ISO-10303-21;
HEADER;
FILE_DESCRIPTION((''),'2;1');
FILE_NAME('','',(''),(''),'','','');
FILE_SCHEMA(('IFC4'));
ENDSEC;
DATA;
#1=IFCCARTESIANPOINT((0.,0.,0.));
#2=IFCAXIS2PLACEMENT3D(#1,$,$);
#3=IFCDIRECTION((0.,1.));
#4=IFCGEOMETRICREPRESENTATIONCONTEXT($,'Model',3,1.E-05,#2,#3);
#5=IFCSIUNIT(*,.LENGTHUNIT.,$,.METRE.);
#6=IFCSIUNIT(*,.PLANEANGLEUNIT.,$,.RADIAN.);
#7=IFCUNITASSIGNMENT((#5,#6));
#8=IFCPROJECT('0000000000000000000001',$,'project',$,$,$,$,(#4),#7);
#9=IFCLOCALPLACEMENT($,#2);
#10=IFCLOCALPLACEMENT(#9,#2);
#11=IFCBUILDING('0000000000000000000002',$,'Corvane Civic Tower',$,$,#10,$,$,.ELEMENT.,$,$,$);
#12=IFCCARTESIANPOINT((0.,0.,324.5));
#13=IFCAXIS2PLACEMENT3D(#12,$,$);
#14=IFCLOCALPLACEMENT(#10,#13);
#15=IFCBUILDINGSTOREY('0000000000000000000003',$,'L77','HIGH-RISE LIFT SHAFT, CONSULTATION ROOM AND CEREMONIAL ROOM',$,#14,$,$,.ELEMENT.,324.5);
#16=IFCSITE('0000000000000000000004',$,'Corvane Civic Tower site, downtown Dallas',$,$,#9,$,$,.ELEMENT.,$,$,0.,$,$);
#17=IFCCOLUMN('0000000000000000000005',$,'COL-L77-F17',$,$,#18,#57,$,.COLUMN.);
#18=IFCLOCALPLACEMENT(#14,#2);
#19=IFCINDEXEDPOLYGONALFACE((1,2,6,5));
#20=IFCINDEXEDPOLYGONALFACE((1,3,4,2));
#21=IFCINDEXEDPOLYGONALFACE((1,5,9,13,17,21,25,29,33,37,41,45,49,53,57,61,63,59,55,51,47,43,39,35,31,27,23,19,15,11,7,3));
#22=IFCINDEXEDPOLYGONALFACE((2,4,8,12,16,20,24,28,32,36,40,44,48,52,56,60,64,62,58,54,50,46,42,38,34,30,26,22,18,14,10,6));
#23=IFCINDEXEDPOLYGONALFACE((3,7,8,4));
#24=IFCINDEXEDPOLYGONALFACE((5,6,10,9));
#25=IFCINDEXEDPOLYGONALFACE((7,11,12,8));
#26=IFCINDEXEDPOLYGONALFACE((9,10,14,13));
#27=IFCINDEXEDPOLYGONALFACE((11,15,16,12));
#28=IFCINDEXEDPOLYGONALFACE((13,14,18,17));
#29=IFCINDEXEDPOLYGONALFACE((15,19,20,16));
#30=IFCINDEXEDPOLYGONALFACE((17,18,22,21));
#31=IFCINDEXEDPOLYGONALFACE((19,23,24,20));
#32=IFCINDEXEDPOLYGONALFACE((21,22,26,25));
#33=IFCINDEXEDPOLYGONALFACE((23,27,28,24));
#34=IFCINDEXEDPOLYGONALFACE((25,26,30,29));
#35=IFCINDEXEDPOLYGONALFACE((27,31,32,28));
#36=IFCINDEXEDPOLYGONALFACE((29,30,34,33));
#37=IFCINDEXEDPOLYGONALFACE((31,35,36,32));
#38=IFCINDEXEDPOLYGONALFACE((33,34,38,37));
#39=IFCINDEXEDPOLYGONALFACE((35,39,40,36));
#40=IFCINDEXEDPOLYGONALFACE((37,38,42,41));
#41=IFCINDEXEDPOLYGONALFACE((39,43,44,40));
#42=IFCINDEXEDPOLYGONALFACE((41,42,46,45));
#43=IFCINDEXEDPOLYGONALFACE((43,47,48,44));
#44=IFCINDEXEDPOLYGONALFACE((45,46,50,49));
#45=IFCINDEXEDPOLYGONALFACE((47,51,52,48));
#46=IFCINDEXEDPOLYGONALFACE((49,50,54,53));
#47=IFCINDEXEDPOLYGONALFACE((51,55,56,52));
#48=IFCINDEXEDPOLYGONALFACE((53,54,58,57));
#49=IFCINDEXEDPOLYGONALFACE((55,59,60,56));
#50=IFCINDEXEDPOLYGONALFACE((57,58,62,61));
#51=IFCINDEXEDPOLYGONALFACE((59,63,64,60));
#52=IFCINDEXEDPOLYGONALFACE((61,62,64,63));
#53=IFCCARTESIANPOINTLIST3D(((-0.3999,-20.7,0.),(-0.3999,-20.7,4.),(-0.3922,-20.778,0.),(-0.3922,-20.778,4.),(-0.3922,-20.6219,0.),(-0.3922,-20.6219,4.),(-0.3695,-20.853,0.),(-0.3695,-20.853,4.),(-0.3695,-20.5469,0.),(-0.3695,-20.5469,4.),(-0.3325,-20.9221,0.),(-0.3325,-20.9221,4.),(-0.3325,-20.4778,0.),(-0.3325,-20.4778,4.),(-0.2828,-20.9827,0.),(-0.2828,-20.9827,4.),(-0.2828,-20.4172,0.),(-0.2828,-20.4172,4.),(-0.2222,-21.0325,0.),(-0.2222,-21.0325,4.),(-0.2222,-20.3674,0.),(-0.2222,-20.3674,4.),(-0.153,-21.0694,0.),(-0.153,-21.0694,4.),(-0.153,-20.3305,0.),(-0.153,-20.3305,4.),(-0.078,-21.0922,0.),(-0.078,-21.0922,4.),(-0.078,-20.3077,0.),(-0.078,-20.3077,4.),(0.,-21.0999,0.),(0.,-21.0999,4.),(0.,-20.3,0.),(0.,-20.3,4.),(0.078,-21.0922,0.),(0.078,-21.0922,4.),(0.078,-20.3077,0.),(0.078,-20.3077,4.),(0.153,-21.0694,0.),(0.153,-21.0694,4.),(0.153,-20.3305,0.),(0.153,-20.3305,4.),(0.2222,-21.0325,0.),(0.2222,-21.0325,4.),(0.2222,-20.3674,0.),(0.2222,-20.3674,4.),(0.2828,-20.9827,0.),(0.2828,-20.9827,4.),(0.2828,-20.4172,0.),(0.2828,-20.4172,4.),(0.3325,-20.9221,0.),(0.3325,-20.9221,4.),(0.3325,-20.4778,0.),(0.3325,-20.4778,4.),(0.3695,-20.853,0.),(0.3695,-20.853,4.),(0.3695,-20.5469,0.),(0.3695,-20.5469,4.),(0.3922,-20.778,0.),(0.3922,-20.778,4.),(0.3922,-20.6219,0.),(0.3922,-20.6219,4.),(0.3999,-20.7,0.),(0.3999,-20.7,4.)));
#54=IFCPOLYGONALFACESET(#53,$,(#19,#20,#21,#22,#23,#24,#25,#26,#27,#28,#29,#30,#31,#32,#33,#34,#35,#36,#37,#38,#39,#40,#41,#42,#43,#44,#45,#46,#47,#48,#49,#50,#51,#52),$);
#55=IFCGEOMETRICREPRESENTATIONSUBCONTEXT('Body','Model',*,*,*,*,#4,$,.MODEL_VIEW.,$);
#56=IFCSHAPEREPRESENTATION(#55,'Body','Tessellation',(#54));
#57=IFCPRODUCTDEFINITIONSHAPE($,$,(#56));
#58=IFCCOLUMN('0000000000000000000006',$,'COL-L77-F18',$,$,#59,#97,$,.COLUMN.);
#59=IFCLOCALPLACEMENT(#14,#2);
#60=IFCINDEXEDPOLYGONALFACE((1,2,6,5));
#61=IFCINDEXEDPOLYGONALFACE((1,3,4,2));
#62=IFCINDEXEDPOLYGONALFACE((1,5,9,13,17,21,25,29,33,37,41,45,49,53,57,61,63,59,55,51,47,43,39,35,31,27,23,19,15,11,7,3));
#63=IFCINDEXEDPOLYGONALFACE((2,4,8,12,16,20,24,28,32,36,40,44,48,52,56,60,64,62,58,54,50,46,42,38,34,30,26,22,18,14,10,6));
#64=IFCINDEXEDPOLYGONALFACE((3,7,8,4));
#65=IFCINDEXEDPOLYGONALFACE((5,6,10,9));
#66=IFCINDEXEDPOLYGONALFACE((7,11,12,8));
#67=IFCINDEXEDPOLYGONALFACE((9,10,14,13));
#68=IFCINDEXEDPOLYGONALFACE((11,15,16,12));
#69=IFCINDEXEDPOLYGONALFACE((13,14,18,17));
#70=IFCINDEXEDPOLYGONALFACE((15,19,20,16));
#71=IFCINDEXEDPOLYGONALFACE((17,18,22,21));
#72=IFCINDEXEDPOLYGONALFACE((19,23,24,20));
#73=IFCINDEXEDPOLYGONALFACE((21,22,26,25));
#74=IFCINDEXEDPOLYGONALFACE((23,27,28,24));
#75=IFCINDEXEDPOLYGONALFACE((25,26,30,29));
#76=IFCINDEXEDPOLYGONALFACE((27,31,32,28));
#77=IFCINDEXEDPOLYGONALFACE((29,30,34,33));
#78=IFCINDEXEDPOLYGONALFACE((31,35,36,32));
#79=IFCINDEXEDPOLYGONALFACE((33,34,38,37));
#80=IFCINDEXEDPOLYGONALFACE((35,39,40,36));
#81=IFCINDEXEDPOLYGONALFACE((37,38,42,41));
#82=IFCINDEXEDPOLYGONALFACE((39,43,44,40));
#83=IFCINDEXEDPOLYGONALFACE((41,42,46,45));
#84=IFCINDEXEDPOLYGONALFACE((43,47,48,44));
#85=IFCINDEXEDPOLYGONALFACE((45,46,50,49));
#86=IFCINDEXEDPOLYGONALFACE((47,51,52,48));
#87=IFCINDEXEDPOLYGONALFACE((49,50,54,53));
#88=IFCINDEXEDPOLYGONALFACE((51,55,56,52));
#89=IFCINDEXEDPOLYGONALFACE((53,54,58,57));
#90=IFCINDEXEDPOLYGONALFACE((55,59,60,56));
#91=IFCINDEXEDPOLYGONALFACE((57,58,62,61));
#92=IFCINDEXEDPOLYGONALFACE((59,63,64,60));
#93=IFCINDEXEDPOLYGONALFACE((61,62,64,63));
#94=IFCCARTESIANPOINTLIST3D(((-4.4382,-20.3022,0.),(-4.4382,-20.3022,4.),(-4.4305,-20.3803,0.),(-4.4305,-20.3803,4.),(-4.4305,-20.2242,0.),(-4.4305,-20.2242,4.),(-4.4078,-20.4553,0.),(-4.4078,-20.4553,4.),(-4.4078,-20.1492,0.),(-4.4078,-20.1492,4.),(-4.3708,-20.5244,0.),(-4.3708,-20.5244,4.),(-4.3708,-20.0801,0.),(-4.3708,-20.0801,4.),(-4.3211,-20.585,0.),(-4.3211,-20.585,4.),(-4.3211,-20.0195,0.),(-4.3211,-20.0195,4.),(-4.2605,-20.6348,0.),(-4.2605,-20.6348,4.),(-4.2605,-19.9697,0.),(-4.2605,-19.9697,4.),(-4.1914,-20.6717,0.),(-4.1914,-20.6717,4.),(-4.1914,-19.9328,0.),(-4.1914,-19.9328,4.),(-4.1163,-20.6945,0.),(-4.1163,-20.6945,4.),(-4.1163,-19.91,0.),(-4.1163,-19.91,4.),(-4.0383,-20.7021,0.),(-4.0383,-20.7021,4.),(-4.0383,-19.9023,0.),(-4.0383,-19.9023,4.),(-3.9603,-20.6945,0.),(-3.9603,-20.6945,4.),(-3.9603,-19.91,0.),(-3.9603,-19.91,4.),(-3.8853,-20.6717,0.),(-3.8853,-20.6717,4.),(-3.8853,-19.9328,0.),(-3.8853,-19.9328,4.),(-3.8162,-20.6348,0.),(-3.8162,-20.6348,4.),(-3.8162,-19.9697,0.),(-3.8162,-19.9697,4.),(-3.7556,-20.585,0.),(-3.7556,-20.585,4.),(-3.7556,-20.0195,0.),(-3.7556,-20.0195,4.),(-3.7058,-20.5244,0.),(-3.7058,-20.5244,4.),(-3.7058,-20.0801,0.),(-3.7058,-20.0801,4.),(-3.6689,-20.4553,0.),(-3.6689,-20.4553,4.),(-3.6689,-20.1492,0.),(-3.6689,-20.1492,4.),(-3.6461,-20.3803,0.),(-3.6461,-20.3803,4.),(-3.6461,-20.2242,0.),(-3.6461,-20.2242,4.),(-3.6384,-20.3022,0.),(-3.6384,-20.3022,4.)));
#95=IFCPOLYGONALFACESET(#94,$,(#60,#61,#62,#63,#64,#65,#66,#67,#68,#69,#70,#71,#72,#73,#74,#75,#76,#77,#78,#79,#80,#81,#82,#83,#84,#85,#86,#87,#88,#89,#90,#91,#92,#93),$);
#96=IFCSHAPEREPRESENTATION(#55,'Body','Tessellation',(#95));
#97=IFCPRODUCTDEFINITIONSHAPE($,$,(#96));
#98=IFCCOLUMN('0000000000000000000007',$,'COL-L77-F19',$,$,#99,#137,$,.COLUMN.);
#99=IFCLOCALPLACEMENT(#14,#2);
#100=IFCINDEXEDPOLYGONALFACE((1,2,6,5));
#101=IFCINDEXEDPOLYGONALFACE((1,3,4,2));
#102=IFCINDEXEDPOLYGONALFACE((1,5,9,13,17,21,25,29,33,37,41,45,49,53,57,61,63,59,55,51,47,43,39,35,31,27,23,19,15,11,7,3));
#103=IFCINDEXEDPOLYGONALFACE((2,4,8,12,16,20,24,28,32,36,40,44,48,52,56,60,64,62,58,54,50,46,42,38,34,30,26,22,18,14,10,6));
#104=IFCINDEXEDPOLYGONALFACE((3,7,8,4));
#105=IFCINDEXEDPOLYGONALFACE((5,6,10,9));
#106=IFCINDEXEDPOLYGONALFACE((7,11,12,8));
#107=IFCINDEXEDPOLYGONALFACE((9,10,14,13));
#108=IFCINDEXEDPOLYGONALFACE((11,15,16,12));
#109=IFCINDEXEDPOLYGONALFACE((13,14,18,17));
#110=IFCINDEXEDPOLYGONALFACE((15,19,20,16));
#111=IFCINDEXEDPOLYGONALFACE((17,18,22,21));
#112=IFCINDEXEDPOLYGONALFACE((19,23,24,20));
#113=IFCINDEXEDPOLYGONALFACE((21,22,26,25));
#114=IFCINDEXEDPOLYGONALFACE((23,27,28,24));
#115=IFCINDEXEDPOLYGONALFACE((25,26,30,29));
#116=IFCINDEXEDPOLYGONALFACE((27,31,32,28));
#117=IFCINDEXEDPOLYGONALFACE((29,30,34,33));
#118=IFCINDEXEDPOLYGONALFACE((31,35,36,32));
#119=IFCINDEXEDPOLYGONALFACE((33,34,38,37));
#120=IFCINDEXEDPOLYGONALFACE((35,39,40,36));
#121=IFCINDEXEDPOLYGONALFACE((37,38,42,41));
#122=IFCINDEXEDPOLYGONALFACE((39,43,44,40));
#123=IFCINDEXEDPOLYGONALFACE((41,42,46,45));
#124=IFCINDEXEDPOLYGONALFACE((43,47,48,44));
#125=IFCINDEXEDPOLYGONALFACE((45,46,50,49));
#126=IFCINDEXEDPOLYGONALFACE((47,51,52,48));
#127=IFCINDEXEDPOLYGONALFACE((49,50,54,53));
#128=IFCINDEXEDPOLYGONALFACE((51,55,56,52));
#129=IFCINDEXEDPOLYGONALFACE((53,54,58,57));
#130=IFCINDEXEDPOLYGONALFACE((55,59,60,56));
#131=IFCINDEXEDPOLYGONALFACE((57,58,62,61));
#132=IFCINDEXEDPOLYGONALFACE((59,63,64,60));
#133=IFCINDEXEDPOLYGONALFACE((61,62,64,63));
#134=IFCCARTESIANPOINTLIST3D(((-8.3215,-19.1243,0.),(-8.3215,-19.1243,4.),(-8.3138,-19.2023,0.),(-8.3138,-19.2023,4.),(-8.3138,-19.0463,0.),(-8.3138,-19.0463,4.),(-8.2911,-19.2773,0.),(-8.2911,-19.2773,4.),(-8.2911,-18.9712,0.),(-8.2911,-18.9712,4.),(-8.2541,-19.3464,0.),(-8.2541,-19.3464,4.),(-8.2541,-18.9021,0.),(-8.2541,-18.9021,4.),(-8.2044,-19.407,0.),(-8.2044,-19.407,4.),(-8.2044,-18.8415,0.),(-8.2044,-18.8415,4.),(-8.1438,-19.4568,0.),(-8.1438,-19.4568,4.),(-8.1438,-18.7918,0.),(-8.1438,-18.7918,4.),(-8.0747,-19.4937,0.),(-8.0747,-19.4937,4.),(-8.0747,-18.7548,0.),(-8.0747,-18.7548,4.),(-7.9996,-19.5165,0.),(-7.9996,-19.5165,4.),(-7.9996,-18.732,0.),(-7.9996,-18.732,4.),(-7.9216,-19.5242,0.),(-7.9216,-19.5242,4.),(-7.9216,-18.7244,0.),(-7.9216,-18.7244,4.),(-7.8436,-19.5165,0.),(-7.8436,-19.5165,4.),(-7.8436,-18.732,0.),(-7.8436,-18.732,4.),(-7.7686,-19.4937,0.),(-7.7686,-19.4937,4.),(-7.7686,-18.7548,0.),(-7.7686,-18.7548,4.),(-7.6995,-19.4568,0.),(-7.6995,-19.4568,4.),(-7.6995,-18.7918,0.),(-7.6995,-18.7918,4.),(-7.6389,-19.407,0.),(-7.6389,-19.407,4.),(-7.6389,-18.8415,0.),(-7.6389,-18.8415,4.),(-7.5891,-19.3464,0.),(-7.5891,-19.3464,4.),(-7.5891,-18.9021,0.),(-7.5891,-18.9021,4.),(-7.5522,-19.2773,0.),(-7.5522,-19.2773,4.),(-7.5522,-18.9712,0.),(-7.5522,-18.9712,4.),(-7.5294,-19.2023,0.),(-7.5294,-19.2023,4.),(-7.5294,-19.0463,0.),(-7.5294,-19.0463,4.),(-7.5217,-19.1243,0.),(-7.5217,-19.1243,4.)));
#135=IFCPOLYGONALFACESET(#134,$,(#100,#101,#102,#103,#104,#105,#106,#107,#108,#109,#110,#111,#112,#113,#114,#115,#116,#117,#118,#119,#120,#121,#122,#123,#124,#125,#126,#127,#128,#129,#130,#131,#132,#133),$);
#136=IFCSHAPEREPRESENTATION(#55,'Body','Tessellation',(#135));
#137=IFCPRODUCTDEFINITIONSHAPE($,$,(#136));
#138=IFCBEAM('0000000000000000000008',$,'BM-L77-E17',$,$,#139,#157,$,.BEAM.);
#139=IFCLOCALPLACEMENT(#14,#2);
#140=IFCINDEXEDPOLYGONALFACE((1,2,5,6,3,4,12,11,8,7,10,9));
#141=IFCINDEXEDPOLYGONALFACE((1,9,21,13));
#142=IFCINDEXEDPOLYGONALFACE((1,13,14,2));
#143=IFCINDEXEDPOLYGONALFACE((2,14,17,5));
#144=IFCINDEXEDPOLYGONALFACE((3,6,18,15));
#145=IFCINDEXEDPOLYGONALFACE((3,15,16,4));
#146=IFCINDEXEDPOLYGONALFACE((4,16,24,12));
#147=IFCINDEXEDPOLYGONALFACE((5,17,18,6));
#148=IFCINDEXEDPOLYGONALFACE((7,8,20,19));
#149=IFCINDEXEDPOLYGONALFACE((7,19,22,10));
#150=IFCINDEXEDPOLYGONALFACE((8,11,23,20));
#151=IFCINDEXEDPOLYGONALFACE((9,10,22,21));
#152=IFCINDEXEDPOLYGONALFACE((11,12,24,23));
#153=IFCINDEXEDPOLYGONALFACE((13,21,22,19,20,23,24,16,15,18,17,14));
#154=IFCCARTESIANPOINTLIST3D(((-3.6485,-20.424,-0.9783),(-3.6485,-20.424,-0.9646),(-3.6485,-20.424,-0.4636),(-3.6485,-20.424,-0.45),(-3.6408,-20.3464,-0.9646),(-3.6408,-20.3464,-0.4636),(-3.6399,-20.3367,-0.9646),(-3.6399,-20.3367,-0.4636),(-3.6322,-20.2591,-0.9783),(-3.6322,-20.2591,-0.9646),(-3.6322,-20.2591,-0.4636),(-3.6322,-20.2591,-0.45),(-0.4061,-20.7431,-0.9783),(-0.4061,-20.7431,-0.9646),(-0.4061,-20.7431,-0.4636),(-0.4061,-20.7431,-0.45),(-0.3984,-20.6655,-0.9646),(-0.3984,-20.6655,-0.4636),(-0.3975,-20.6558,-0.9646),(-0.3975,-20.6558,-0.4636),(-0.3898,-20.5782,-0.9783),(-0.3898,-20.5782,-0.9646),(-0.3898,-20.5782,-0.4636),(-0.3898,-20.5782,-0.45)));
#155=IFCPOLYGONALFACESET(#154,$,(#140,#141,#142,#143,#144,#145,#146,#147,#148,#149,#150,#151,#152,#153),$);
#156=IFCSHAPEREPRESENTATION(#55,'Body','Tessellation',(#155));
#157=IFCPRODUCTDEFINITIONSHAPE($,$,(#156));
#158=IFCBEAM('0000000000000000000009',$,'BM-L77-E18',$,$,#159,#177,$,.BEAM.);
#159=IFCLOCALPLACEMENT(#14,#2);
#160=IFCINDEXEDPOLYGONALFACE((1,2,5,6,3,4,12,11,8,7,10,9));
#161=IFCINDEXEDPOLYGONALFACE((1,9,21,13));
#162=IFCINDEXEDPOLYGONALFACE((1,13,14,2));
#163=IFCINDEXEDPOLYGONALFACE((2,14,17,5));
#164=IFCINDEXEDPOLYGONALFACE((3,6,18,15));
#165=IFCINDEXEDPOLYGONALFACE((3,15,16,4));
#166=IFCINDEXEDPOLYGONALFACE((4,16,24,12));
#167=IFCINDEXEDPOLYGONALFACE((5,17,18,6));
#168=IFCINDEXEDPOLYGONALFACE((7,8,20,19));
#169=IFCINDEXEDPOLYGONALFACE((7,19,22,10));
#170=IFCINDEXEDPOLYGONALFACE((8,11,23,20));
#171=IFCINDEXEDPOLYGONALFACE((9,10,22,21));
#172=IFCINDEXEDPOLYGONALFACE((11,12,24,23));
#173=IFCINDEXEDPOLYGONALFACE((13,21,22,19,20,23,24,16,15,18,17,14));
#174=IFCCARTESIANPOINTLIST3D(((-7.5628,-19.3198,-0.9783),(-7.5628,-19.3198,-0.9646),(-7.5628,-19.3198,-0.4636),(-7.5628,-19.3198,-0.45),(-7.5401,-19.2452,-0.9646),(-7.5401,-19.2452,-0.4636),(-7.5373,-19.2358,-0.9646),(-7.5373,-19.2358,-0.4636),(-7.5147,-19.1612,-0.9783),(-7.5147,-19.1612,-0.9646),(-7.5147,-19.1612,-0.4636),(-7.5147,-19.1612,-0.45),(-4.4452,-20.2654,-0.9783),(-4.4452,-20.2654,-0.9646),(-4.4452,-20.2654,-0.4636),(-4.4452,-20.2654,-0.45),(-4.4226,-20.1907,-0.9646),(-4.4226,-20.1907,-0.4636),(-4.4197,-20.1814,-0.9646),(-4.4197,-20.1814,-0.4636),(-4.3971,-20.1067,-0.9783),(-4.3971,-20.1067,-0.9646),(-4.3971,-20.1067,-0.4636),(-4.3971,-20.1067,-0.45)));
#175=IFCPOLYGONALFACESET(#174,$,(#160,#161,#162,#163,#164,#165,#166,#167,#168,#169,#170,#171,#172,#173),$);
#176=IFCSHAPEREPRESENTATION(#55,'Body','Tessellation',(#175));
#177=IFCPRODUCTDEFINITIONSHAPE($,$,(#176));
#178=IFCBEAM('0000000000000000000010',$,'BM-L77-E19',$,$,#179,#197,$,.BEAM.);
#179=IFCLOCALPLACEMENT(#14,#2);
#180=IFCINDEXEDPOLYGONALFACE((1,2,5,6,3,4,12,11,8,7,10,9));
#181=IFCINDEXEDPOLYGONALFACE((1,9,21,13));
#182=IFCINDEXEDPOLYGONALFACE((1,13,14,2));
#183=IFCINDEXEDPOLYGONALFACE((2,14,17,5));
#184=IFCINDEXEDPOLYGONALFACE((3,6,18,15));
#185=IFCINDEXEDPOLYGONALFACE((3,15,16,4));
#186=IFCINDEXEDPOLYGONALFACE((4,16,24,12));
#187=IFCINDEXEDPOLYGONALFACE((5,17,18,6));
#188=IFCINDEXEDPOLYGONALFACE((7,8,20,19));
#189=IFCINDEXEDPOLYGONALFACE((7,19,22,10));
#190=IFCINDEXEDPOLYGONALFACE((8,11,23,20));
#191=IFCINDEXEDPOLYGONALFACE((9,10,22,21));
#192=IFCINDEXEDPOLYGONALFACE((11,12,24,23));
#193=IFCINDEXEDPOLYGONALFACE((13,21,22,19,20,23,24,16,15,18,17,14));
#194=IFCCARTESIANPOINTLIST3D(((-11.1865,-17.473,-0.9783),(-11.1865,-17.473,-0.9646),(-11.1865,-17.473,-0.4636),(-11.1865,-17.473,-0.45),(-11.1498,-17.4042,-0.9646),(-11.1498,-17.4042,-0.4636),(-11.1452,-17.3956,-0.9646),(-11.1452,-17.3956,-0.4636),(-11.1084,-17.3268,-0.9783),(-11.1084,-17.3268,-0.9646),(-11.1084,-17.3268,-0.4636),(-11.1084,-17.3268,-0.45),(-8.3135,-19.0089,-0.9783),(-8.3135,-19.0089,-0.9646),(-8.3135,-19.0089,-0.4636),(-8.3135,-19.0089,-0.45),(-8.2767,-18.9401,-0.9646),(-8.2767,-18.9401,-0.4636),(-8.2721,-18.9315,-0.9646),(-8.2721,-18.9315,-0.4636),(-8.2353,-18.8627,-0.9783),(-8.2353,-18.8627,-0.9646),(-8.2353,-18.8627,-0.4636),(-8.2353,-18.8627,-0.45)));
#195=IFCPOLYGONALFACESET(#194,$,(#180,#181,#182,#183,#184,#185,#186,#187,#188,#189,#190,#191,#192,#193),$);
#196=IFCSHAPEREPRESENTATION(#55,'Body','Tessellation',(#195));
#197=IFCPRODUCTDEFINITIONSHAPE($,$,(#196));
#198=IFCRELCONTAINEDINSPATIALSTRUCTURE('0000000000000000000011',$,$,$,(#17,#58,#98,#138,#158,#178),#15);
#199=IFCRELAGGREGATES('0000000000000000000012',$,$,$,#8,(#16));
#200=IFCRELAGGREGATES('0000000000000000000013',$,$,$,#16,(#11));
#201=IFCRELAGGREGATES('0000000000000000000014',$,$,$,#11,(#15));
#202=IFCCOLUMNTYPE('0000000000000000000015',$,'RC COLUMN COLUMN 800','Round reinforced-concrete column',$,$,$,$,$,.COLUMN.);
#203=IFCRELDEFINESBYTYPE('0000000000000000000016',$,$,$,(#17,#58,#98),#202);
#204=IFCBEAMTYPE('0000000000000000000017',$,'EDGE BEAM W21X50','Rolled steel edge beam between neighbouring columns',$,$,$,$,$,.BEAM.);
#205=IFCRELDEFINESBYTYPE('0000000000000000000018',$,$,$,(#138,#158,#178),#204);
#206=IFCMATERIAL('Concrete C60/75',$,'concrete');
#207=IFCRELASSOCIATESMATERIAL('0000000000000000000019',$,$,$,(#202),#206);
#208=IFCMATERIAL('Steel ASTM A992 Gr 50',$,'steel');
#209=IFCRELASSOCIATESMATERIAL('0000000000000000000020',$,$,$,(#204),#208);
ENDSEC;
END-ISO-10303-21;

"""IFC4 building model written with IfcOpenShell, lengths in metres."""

from ifc_helpers import new_model, si_unit, direction, frame, origin, origin_2d, place, context, subcontext, project, spatial, circle, i_section, extrude, material, material_profile, profile_set, type_object, element, save


model = new_model("IFC4")

# Units and contexts
model_context = context("Model", 3, precision=1e-05, world=origin(), true_north=direction((0.0, 1.0)))
body_context = subcontext(model_context, "Body", "Model", "MODEL_VIEW")
ifc_project = project(units=[si_unit("LENGTHUNIT", "METRE"), si_unit("PLANEANGLEUNIT", "RADIAN")], contexts=[model_context])

# Site, building, storey
site_placement = place(None, origin())
site = spatial("IfcSite", under=ifc_project, at=site_placement, Name="Corvane Civic Tower site, downtown Dallas", CompositionType="ELEMENT", RefElevation=0.0)
building_placement = place(site_placement, origin())
building = spatial("IfcBuilding", under=site, at=building_placement, Name="Corvane Civic Tower", CompositionType="ELEMENT")
storey_placement = place(building_placement, frame((0.0, 0.0, 324.5)))
storey = spatial("IfcBuildingStorey", under=building, at=storey_placement, Name="L77", Description="HIGH-RISE LIFT SHAFT, CONSULTATION ROOM AND CEREMONIAL ROOM", CompositionType="ELEMENT", Elevation=324.5)

# Columns
ifc_material_1 = material(Name="Concrete C60/75", Category="concrete")
ifc_material_profile_1 = material_profile(ifc_material_1, circle(Radius=0.3999, at=origin_2d()), Name="COLUMN 800")
ifc_profile_set_1 = profile_set([ifc_material_profile_1], Name="Concrete C60/75")
column_type = type_object("IfcColumnType", Name="RC COLUMN COLUMN 800", Description="Round reinforced-concrete column", PredefinedType="COLUMN", material=ifc_profile_set_1)
for number, where, z_axis, x_axis, name in (
    (1, (0.0, -20.7, 0.0), (0.0, 0.0, 1.0), (1.0, 0.0, 0.0), "COL-L77-F17"),
    (2, (-4.0383, -20.3022, 0.0), (0.0, 0.0, 1.0), (1.0, 0.0, 0.0), "COL-L77-F18"),
    (3, (-7.9216, -19.1243, 0.0), (0.0, 0.0, 1.0), (1.0, 0.0, 0.0), "COL-L77-F19"),
):
    element("IfcColumn", number, at=place(storey_placement, frame(where, z_axis=z_axis, x_axis=x_axis)), inside=storey, type_object=column_type, Name=name, PredefinedType="COLUMN", context=body_context, shape_type="SweptSolid", body=[
        extrude(circle(Radius=0.3999, at=origin_2d()), origin(), (0.0, 0.0, 1.0), 4.0),
    ])

# Beams
ifc_material_2 = material(Name="Steel ASTM A992 Gr 50", Category="steel")
ifc_material_profile_2 = material_profile(ifc_material_2, i_section(OverallWidth=0.1658, OverallDepth=0.5283, WebThickness=0.0098, FlangeThickness=0.0137, at=origin_2d()), Name="W21X50")
ifc_profile_set_2 = profile_set([ifc_material_profile_2], Name="Steel ASTM A992 Gr 50")
beam_type_1 = type_object("IfcBeamType", Name="EDGE BEAM W21X50", Description="Rolled steel edge beam between neighbouring columns", PredefinedType="BEAM", material=ifc_profile_set_2)
beam_1_placement = place(storey_placement, frame((-0.3979, -20.6606, -0.7141), z_axis=(-0.995193, 0.097938, 0.0), x_axis=(-0.097938, -0.995193, 0.0)))
element("IfcBeam", 4, at=beam_1_placement, inside=storey, type_object=beam_type_1, Name="BM-L77-E17", PredefinedType="BEAM", context=body_context, shape_type="SweptSolid", body=[
    extrude(i_section(OverallWidth=0.1658, OverallDepth=0.5283, WebThickness=0.0098, FlangeThickness=0.0137, at=origin_2d()), origin(), (0.0, 0.0, 1.0), 3.2581),
])
for number, where, z_axis, x_axis, name in (
    (5, (-4.4211, -20.186, -0.7141), (-0.956956, 0.290234, 0.0), (-0.290234, -0.956956, 0.0), "BM-L77-E18"),
    (6, (-8.2744, -18.9358, -0.7141), (-0.881894, 0.471448, 0.0), (-0.471448, -0.881894, 0.0), "BM-L77-E19"),
):
    element("IfcBeam", number, at=place(storey_placement, frame(where, z_axis=z_axis, x_axis=x_axis)), inside=storey, type_object=beam_type_1, Name=name, PredefinedType="BEAM", context=body_context, shape_type="SweptSolid", body=[
        extrude(i_section(OverallWidth=0.1658, OverallDepth=0.5283, WebThickness=0.0098, FlangeThickness=0.0137, at=origin_2d()), origin(), (0.0, 0.0, 1.0), 3.2578),
    ])

save(model, "model.ifc")
